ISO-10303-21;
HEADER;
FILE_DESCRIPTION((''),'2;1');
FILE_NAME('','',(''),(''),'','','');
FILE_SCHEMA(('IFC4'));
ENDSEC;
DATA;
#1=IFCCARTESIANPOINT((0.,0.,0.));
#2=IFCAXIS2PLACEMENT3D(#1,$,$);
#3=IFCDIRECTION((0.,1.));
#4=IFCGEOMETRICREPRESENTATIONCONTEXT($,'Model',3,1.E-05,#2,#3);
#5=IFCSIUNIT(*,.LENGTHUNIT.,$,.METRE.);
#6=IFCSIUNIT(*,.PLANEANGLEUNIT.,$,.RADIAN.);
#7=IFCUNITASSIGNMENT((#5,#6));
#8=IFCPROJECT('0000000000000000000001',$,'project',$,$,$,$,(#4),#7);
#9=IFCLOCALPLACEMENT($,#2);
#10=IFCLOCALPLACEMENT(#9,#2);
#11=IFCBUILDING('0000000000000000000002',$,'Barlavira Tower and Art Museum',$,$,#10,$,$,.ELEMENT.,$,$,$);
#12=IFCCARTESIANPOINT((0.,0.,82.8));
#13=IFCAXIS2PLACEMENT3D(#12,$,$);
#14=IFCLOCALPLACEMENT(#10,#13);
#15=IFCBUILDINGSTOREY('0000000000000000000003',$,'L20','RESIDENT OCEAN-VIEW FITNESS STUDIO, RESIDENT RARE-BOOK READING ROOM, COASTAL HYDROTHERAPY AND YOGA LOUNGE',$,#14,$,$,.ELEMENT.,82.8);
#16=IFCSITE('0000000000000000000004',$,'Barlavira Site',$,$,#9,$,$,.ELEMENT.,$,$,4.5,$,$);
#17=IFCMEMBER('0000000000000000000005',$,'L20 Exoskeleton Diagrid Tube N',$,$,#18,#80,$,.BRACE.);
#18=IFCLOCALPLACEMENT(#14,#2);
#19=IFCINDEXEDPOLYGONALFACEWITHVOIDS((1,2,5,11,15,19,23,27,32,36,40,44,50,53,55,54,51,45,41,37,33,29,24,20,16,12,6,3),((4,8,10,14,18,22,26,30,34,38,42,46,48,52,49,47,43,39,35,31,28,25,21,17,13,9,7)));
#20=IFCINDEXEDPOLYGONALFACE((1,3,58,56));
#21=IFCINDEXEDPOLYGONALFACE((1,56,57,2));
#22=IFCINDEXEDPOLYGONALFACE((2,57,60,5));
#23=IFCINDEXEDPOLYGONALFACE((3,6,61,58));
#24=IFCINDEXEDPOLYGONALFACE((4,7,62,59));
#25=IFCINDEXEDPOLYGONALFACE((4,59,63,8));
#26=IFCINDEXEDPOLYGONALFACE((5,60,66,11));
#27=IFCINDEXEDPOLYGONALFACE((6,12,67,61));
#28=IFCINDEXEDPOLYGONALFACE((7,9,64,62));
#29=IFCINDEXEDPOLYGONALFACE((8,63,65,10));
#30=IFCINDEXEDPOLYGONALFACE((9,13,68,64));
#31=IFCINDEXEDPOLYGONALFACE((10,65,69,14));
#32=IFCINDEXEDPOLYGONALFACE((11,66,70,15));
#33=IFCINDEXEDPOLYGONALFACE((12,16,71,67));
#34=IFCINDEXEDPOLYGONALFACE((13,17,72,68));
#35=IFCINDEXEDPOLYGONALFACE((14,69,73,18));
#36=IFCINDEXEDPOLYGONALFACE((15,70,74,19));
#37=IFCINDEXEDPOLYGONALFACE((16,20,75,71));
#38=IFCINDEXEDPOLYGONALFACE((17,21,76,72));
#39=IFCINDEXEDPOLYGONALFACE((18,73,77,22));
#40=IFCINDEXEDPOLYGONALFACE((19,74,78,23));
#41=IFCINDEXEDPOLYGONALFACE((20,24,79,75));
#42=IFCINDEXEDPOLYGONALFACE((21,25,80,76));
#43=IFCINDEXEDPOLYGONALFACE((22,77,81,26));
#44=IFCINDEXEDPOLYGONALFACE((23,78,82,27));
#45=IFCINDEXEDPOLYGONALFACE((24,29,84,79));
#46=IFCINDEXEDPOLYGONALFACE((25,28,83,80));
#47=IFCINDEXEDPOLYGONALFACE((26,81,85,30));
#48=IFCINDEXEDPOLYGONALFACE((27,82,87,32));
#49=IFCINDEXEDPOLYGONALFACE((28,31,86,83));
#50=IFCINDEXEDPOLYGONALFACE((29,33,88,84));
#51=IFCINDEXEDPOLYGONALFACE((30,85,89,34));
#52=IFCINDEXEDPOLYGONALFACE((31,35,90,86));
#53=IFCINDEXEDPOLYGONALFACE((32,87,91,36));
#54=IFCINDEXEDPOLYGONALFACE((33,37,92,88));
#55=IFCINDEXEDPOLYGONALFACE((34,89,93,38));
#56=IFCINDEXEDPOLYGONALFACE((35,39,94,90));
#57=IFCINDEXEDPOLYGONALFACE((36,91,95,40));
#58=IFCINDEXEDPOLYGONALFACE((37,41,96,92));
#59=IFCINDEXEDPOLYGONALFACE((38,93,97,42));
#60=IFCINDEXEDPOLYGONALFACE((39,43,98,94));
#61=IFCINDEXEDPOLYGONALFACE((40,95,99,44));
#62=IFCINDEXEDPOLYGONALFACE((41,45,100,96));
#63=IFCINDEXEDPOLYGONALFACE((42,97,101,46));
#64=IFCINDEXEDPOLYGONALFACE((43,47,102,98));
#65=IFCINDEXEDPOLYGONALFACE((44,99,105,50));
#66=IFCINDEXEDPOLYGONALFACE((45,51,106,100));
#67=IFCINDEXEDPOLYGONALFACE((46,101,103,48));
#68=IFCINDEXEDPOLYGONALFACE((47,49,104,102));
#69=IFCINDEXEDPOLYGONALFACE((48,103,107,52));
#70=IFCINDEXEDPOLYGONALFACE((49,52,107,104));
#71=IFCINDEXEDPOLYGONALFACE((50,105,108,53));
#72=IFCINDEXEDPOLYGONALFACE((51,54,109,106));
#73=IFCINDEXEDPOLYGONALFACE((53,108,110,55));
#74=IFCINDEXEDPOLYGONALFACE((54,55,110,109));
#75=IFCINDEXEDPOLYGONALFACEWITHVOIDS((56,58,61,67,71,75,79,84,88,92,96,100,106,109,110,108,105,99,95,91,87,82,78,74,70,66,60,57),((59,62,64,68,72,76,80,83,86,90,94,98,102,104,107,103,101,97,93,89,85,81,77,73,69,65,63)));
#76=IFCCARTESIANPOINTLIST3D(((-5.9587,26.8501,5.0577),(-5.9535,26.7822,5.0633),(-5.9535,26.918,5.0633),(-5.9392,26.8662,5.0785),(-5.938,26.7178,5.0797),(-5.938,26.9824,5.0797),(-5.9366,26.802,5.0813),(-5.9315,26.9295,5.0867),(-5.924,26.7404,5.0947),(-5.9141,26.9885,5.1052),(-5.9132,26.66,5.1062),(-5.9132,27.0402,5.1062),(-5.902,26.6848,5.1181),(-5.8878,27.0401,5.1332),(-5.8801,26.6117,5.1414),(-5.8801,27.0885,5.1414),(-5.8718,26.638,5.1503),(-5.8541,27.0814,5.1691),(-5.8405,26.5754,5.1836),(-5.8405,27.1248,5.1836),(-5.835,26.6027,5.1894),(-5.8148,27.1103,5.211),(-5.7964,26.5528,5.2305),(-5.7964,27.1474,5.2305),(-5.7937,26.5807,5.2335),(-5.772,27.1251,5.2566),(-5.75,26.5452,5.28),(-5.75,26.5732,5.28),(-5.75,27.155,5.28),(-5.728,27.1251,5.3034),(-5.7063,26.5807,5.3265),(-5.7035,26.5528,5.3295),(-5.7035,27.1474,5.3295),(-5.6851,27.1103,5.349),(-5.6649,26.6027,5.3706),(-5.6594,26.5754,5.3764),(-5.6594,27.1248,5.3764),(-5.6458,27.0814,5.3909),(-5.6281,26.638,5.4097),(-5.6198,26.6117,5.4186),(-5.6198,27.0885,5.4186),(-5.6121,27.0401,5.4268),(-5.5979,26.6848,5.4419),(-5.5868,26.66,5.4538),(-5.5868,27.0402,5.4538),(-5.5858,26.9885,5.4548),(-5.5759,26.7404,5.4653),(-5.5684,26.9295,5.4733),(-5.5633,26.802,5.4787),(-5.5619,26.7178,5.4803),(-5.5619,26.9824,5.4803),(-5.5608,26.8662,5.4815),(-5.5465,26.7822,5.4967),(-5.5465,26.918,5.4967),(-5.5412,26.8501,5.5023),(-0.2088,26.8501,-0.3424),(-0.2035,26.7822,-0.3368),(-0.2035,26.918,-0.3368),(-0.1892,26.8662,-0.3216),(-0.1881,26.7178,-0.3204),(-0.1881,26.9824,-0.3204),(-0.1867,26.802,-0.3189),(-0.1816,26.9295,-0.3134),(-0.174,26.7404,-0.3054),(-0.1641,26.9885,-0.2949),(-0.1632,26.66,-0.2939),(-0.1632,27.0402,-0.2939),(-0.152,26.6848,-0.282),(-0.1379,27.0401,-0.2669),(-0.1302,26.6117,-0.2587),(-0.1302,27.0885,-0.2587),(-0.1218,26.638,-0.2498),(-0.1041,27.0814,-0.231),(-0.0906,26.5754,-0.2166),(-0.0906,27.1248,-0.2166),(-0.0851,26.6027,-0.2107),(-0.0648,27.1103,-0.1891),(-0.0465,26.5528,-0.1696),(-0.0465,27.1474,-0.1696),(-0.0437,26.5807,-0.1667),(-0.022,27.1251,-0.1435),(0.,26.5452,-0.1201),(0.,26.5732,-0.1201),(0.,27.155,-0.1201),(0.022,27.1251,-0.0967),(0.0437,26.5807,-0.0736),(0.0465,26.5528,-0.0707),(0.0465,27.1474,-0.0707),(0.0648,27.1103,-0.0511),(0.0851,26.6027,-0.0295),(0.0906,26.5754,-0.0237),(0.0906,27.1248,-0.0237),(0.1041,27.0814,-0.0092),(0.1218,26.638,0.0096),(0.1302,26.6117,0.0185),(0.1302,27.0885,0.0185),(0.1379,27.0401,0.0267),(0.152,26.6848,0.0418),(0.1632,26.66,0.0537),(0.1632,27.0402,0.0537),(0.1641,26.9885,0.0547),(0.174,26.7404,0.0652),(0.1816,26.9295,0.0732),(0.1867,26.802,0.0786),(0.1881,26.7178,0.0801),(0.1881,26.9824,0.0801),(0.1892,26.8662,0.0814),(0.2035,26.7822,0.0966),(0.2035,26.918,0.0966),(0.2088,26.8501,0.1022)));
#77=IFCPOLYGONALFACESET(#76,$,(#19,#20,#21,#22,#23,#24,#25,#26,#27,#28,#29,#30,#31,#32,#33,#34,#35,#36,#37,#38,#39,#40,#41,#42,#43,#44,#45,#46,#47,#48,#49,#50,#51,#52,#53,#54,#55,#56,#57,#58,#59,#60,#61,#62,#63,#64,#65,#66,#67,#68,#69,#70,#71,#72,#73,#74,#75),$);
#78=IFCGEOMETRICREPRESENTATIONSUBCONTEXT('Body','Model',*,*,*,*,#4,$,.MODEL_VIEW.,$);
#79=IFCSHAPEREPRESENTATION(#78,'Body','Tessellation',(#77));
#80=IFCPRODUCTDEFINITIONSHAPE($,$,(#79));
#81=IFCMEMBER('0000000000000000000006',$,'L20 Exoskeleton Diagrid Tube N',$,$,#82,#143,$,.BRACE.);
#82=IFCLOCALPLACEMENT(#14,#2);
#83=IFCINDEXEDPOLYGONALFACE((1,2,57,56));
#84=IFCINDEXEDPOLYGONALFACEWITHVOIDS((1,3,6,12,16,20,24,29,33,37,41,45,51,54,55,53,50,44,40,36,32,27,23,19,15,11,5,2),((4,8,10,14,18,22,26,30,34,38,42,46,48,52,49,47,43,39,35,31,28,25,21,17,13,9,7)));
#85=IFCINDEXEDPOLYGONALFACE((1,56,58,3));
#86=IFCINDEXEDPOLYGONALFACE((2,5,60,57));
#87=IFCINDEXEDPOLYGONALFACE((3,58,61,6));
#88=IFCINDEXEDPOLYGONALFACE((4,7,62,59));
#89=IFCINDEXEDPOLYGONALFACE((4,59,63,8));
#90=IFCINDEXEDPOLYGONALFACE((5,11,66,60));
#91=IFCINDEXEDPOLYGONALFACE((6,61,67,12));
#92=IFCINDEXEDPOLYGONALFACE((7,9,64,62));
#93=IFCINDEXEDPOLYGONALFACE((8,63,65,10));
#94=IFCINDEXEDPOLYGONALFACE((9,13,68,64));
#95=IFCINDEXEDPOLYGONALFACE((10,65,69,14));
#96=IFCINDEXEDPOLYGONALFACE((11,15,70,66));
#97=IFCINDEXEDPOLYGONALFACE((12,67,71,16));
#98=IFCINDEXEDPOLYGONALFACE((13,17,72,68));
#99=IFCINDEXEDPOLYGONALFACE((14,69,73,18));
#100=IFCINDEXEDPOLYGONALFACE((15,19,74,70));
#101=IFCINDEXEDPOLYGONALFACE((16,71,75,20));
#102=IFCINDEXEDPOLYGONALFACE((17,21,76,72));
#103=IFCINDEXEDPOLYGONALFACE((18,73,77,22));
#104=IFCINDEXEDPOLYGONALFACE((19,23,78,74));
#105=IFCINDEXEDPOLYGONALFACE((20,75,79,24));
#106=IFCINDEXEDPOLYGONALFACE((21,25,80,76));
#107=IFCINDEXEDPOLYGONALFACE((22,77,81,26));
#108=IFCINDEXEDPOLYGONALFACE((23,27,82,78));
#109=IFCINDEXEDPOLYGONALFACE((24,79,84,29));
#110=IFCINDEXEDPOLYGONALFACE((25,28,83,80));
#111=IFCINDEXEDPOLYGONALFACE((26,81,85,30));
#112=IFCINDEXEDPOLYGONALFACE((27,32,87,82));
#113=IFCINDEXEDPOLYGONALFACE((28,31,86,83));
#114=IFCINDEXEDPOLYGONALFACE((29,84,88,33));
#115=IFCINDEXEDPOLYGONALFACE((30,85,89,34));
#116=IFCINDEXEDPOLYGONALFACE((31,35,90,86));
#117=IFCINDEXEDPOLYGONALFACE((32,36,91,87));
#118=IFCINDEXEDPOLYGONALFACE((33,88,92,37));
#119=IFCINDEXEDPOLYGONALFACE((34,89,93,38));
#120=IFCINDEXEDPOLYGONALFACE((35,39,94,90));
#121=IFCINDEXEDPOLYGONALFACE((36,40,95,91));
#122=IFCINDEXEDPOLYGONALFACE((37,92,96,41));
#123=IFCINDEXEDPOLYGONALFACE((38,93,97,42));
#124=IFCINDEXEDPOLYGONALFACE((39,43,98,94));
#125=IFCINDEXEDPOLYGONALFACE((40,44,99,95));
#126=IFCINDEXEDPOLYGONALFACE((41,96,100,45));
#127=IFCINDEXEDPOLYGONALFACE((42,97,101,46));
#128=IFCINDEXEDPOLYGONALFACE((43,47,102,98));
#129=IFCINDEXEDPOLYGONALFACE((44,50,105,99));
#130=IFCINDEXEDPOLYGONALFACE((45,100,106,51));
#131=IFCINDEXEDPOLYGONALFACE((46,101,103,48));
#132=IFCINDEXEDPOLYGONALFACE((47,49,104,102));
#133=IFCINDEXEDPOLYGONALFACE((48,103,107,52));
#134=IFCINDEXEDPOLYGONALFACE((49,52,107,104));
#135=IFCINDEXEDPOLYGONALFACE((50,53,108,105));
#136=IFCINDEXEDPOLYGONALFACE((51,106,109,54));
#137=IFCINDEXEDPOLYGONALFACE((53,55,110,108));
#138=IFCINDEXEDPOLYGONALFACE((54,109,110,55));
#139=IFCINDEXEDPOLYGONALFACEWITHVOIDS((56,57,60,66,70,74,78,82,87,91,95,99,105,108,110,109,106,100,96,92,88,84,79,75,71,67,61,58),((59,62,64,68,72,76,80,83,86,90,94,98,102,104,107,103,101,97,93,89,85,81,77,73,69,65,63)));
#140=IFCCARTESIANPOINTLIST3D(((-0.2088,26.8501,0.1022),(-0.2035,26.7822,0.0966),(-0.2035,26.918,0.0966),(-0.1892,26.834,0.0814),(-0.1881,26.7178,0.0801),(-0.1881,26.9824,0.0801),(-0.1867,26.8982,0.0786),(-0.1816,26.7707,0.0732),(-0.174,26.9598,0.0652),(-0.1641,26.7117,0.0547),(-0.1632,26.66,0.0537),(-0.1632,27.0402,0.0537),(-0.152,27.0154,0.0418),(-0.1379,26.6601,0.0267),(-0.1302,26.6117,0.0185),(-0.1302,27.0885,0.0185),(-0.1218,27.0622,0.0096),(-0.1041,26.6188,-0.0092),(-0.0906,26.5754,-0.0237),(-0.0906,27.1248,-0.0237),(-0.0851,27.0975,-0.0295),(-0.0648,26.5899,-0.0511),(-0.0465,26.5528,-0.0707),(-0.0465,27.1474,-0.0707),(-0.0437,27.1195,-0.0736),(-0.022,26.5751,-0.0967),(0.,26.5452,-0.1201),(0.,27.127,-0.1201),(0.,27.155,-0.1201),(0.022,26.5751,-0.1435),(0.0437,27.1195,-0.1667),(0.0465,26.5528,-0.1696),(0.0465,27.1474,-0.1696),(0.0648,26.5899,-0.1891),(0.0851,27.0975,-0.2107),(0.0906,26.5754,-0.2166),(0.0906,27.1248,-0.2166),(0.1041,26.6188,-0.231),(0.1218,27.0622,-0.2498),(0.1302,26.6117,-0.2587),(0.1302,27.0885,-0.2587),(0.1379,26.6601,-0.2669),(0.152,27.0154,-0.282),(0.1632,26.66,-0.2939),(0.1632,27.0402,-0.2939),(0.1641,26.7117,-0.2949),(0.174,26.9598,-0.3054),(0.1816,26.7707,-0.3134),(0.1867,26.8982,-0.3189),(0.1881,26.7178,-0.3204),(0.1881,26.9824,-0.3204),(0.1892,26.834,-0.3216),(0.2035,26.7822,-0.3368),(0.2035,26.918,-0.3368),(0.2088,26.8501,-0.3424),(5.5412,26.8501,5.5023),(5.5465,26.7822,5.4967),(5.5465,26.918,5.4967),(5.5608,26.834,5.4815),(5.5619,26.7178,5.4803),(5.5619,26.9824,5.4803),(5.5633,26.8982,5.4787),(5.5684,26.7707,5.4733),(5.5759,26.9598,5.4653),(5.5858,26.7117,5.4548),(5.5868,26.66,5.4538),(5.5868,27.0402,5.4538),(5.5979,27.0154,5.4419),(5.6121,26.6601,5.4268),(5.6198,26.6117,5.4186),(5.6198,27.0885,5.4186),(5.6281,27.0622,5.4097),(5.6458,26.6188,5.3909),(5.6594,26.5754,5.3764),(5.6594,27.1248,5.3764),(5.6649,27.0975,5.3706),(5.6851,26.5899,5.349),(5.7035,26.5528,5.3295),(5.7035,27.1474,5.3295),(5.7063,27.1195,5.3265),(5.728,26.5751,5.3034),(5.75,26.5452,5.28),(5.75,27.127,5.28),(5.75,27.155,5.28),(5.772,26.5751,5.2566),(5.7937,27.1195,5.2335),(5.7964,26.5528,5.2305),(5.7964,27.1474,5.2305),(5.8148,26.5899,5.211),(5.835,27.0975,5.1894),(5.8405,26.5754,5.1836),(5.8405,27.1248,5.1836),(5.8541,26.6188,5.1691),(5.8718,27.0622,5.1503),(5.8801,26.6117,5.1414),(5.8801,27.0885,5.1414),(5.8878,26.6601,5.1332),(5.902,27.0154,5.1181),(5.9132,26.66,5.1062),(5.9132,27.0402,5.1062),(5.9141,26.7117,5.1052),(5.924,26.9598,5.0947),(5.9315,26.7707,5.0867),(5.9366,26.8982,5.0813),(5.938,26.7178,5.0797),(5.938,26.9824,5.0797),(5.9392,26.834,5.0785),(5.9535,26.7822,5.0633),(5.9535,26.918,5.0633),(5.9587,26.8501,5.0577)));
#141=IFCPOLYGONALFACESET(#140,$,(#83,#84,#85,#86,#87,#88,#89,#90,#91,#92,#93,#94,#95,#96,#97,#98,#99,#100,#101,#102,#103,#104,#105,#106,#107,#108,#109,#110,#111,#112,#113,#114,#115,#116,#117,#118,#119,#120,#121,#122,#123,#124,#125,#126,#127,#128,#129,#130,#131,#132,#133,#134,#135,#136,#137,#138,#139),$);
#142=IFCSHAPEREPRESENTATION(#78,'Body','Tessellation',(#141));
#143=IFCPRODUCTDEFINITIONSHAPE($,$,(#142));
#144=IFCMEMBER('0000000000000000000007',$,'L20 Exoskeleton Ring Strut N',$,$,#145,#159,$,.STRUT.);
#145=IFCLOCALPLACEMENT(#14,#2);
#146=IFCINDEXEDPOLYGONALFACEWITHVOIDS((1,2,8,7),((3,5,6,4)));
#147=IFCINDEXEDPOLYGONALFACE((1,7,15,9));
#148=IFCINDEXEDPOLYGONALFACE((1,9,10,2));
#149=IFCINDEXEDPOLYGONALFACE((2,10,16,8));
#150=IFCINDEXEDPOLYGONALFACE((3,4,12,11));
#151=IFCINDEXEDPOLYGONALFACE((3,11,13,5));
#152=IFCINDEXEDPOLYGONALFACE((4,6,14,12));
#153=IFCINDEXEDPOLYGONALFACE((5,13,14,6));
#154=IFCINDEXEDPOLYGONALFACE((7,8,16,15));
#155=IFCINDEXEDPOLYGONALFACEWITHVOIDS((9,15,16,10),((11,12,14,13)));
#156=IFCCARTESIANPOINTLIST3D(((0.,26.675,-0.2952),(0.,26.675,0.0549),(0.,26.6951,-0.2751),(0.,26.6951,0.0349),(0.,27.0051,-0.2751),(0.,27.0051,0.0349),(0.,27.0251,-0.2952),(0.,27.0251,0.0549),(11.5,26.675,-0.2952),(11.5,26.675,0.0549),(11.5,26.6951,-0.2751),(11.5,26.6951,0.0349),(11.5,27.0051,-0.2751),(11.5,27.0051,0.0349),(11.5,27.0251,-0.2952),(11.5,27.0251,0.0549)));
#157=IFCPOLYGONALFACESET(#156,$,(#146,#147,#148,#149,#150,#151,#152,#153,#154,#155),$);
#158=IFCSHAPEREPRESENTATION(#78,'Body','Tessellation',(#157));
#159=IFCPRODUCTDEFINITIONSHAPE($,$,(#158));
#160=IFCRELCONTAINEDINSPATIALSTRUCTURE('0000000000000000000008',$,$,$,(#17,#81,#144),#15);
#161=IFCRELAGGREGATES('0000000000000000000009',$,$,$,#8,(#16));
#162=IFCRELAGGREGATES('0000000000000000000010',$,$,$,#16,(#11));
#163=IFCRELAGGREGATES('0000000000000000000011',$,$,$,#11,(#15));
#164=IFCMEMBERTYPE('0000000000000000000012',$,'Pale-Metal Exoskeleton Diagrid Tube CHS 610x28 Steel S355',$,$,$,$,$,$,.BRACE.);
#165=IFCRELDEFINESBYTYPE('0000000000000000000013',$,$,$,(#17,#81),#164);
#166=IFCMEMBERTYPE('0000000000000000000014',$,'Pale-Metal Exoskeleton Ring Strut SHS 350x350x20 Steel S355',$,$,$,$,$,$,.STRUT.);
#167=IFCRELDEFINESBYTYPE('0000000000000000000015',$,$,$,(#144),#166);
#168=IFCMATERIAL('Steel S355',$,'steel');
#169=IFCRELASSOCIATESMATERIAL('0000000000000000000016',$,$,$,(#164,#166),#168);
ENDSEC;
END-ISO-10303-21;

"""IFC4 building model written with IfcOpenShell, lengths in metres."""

from ifc_helpers import new_model, si_unit, direction, frame, origin, origin_2d, place, context, subcontext, project, spatial, hollow_rectangle, hollow_circle, extrude, material, material_profile, profile_set, type_object, element, save


model = new_model("IFC4")

# Units and contexts
model_context = context("Model", 3, precision=1e-05, world=origin(), true_north=direction((0.0, 1.0)))
body_context = subcontext(model_context, "Body", "Model", "MODEL_VIEW")
ifc_project = project(units=[si_unit("LENGTHUNIT", "METRE"), si_unit("PLANEANGLEUNIT", "RADIAN")], contexts=[model_context])

# Site, building, storey
site_placement = place(None, origin())
site = spatial("IfcSite", under=ifc_project, at=site_placement, Name="Barlavira Site", CompositionType="ELEMENT", RefElevation=4.5)
building_placement = place(site_placement, origin())
building = spatial("IfcBuilding", under=site, at=building_placement, Name="Barlavira Tower and Art Museum", CompositionType="ELEMENT")
storey_placement = place(building_placement, frame((0.0, 0.0, 82.8)))
storey = spatial("IfcBuildingStorey", under=building, at=storey_placement, Name="L20", Description="RESIDENT OCEAN-VIEW FITNESS STUDIO, RESIDENT RARE-BOOK READING ROOM, COASTAL HYDROTHERAPY AND YOGA LOUNGE", CompositionType="ELEMENT", Elevation=82.8)

# Members
ifc_material_1 = material(Name="Steel S355", Category="steel")
ifc_material_profile_1 = material_profile(ifc_material_1, hollow_circle(Radius=0.3049, WallThickness=0.0281, at=origin_2d()), Name="CHS 610.0x28.0")
ifc_profile_set_1 = profile_set([ifc_material_profile_1], Name="Steel S355")
member_type_1 = type_object("IfcMemberType", Name="Pale-Metal Exoskeleton Diagrid Tube CHS 610x28 Steel S355", PredefinedType="BRACE", material=ifc_profile_set_1)
for number, where, z_axis, x_axis, name in (
    (1, (0.0, 26.8501, -0.1201), (-0.728935, 0.0, 0.684583), (0.0, -1.0, 0.0), "L20 Exoskeleton Diagrid Tube N"),
    (2, (0.0, 26.8501, -0.1201), (0.728935, 0.0, 0.684583), (0.0, 1.0, 0.0), "L20 Exoskeleton Diagrid Tube N"),
):
    element("IfcMember", number, at=place(storey_placement, frame(where, z_axis=z_axis, x_axis=x_axis)), inside=storey, type_object=member_type_1, Name=name, PredefinedType="BRACE", context=body_context, shape_type="SweptSolid", body=[
        extrude(hollow_circle(Radius=0.3049, WallThickness=0.0281, at=origin_2d()), origin(), (0.0, 0.0, 1.0), 7.8882),
    ])
ifc_material_profile_2 = material_profile(ifc_material_1, hollow_rectangle(XDim=0.3501, YDim=0.3501, WallThickness=0.02, at=origin_2d()), Name="SHS 350x350x20.0")
ifc_profile_set_2 = profile_set([ifc_material_profile_2], Name="Steel S355")
member_type_2 = type_object("IfcMemberType", Name="Pale-Metal Exoskeleton Ring Strut SHS 350x350x20 Steel S355", PredefinedType="STRUT", material=ifc_profile_set_2)
member_1_placement = place(storey_placement, frame((0.0, 26.8501, -0.1201), z_axis=(1.0, 0.0, 0.0), x_axis=(0.0, 1.0, 0.0)))
element("IfcMember", 3, at=member_1_placement, inside=storey, type_object=member_type_2, Name="L20 Exoskeleton Ring Strut N", PredefinedType="STRUT", context=body_context, shape_type="SweptSolid", body=[
    extrude(hollow_rectangle(XDim=0.3501, YDim=0.3501, WallThickness=0.02, at=origin_2d()), origin(), (0.0, 0.0, 1.0), 11.5),
])

save(model, "model.ifc")
